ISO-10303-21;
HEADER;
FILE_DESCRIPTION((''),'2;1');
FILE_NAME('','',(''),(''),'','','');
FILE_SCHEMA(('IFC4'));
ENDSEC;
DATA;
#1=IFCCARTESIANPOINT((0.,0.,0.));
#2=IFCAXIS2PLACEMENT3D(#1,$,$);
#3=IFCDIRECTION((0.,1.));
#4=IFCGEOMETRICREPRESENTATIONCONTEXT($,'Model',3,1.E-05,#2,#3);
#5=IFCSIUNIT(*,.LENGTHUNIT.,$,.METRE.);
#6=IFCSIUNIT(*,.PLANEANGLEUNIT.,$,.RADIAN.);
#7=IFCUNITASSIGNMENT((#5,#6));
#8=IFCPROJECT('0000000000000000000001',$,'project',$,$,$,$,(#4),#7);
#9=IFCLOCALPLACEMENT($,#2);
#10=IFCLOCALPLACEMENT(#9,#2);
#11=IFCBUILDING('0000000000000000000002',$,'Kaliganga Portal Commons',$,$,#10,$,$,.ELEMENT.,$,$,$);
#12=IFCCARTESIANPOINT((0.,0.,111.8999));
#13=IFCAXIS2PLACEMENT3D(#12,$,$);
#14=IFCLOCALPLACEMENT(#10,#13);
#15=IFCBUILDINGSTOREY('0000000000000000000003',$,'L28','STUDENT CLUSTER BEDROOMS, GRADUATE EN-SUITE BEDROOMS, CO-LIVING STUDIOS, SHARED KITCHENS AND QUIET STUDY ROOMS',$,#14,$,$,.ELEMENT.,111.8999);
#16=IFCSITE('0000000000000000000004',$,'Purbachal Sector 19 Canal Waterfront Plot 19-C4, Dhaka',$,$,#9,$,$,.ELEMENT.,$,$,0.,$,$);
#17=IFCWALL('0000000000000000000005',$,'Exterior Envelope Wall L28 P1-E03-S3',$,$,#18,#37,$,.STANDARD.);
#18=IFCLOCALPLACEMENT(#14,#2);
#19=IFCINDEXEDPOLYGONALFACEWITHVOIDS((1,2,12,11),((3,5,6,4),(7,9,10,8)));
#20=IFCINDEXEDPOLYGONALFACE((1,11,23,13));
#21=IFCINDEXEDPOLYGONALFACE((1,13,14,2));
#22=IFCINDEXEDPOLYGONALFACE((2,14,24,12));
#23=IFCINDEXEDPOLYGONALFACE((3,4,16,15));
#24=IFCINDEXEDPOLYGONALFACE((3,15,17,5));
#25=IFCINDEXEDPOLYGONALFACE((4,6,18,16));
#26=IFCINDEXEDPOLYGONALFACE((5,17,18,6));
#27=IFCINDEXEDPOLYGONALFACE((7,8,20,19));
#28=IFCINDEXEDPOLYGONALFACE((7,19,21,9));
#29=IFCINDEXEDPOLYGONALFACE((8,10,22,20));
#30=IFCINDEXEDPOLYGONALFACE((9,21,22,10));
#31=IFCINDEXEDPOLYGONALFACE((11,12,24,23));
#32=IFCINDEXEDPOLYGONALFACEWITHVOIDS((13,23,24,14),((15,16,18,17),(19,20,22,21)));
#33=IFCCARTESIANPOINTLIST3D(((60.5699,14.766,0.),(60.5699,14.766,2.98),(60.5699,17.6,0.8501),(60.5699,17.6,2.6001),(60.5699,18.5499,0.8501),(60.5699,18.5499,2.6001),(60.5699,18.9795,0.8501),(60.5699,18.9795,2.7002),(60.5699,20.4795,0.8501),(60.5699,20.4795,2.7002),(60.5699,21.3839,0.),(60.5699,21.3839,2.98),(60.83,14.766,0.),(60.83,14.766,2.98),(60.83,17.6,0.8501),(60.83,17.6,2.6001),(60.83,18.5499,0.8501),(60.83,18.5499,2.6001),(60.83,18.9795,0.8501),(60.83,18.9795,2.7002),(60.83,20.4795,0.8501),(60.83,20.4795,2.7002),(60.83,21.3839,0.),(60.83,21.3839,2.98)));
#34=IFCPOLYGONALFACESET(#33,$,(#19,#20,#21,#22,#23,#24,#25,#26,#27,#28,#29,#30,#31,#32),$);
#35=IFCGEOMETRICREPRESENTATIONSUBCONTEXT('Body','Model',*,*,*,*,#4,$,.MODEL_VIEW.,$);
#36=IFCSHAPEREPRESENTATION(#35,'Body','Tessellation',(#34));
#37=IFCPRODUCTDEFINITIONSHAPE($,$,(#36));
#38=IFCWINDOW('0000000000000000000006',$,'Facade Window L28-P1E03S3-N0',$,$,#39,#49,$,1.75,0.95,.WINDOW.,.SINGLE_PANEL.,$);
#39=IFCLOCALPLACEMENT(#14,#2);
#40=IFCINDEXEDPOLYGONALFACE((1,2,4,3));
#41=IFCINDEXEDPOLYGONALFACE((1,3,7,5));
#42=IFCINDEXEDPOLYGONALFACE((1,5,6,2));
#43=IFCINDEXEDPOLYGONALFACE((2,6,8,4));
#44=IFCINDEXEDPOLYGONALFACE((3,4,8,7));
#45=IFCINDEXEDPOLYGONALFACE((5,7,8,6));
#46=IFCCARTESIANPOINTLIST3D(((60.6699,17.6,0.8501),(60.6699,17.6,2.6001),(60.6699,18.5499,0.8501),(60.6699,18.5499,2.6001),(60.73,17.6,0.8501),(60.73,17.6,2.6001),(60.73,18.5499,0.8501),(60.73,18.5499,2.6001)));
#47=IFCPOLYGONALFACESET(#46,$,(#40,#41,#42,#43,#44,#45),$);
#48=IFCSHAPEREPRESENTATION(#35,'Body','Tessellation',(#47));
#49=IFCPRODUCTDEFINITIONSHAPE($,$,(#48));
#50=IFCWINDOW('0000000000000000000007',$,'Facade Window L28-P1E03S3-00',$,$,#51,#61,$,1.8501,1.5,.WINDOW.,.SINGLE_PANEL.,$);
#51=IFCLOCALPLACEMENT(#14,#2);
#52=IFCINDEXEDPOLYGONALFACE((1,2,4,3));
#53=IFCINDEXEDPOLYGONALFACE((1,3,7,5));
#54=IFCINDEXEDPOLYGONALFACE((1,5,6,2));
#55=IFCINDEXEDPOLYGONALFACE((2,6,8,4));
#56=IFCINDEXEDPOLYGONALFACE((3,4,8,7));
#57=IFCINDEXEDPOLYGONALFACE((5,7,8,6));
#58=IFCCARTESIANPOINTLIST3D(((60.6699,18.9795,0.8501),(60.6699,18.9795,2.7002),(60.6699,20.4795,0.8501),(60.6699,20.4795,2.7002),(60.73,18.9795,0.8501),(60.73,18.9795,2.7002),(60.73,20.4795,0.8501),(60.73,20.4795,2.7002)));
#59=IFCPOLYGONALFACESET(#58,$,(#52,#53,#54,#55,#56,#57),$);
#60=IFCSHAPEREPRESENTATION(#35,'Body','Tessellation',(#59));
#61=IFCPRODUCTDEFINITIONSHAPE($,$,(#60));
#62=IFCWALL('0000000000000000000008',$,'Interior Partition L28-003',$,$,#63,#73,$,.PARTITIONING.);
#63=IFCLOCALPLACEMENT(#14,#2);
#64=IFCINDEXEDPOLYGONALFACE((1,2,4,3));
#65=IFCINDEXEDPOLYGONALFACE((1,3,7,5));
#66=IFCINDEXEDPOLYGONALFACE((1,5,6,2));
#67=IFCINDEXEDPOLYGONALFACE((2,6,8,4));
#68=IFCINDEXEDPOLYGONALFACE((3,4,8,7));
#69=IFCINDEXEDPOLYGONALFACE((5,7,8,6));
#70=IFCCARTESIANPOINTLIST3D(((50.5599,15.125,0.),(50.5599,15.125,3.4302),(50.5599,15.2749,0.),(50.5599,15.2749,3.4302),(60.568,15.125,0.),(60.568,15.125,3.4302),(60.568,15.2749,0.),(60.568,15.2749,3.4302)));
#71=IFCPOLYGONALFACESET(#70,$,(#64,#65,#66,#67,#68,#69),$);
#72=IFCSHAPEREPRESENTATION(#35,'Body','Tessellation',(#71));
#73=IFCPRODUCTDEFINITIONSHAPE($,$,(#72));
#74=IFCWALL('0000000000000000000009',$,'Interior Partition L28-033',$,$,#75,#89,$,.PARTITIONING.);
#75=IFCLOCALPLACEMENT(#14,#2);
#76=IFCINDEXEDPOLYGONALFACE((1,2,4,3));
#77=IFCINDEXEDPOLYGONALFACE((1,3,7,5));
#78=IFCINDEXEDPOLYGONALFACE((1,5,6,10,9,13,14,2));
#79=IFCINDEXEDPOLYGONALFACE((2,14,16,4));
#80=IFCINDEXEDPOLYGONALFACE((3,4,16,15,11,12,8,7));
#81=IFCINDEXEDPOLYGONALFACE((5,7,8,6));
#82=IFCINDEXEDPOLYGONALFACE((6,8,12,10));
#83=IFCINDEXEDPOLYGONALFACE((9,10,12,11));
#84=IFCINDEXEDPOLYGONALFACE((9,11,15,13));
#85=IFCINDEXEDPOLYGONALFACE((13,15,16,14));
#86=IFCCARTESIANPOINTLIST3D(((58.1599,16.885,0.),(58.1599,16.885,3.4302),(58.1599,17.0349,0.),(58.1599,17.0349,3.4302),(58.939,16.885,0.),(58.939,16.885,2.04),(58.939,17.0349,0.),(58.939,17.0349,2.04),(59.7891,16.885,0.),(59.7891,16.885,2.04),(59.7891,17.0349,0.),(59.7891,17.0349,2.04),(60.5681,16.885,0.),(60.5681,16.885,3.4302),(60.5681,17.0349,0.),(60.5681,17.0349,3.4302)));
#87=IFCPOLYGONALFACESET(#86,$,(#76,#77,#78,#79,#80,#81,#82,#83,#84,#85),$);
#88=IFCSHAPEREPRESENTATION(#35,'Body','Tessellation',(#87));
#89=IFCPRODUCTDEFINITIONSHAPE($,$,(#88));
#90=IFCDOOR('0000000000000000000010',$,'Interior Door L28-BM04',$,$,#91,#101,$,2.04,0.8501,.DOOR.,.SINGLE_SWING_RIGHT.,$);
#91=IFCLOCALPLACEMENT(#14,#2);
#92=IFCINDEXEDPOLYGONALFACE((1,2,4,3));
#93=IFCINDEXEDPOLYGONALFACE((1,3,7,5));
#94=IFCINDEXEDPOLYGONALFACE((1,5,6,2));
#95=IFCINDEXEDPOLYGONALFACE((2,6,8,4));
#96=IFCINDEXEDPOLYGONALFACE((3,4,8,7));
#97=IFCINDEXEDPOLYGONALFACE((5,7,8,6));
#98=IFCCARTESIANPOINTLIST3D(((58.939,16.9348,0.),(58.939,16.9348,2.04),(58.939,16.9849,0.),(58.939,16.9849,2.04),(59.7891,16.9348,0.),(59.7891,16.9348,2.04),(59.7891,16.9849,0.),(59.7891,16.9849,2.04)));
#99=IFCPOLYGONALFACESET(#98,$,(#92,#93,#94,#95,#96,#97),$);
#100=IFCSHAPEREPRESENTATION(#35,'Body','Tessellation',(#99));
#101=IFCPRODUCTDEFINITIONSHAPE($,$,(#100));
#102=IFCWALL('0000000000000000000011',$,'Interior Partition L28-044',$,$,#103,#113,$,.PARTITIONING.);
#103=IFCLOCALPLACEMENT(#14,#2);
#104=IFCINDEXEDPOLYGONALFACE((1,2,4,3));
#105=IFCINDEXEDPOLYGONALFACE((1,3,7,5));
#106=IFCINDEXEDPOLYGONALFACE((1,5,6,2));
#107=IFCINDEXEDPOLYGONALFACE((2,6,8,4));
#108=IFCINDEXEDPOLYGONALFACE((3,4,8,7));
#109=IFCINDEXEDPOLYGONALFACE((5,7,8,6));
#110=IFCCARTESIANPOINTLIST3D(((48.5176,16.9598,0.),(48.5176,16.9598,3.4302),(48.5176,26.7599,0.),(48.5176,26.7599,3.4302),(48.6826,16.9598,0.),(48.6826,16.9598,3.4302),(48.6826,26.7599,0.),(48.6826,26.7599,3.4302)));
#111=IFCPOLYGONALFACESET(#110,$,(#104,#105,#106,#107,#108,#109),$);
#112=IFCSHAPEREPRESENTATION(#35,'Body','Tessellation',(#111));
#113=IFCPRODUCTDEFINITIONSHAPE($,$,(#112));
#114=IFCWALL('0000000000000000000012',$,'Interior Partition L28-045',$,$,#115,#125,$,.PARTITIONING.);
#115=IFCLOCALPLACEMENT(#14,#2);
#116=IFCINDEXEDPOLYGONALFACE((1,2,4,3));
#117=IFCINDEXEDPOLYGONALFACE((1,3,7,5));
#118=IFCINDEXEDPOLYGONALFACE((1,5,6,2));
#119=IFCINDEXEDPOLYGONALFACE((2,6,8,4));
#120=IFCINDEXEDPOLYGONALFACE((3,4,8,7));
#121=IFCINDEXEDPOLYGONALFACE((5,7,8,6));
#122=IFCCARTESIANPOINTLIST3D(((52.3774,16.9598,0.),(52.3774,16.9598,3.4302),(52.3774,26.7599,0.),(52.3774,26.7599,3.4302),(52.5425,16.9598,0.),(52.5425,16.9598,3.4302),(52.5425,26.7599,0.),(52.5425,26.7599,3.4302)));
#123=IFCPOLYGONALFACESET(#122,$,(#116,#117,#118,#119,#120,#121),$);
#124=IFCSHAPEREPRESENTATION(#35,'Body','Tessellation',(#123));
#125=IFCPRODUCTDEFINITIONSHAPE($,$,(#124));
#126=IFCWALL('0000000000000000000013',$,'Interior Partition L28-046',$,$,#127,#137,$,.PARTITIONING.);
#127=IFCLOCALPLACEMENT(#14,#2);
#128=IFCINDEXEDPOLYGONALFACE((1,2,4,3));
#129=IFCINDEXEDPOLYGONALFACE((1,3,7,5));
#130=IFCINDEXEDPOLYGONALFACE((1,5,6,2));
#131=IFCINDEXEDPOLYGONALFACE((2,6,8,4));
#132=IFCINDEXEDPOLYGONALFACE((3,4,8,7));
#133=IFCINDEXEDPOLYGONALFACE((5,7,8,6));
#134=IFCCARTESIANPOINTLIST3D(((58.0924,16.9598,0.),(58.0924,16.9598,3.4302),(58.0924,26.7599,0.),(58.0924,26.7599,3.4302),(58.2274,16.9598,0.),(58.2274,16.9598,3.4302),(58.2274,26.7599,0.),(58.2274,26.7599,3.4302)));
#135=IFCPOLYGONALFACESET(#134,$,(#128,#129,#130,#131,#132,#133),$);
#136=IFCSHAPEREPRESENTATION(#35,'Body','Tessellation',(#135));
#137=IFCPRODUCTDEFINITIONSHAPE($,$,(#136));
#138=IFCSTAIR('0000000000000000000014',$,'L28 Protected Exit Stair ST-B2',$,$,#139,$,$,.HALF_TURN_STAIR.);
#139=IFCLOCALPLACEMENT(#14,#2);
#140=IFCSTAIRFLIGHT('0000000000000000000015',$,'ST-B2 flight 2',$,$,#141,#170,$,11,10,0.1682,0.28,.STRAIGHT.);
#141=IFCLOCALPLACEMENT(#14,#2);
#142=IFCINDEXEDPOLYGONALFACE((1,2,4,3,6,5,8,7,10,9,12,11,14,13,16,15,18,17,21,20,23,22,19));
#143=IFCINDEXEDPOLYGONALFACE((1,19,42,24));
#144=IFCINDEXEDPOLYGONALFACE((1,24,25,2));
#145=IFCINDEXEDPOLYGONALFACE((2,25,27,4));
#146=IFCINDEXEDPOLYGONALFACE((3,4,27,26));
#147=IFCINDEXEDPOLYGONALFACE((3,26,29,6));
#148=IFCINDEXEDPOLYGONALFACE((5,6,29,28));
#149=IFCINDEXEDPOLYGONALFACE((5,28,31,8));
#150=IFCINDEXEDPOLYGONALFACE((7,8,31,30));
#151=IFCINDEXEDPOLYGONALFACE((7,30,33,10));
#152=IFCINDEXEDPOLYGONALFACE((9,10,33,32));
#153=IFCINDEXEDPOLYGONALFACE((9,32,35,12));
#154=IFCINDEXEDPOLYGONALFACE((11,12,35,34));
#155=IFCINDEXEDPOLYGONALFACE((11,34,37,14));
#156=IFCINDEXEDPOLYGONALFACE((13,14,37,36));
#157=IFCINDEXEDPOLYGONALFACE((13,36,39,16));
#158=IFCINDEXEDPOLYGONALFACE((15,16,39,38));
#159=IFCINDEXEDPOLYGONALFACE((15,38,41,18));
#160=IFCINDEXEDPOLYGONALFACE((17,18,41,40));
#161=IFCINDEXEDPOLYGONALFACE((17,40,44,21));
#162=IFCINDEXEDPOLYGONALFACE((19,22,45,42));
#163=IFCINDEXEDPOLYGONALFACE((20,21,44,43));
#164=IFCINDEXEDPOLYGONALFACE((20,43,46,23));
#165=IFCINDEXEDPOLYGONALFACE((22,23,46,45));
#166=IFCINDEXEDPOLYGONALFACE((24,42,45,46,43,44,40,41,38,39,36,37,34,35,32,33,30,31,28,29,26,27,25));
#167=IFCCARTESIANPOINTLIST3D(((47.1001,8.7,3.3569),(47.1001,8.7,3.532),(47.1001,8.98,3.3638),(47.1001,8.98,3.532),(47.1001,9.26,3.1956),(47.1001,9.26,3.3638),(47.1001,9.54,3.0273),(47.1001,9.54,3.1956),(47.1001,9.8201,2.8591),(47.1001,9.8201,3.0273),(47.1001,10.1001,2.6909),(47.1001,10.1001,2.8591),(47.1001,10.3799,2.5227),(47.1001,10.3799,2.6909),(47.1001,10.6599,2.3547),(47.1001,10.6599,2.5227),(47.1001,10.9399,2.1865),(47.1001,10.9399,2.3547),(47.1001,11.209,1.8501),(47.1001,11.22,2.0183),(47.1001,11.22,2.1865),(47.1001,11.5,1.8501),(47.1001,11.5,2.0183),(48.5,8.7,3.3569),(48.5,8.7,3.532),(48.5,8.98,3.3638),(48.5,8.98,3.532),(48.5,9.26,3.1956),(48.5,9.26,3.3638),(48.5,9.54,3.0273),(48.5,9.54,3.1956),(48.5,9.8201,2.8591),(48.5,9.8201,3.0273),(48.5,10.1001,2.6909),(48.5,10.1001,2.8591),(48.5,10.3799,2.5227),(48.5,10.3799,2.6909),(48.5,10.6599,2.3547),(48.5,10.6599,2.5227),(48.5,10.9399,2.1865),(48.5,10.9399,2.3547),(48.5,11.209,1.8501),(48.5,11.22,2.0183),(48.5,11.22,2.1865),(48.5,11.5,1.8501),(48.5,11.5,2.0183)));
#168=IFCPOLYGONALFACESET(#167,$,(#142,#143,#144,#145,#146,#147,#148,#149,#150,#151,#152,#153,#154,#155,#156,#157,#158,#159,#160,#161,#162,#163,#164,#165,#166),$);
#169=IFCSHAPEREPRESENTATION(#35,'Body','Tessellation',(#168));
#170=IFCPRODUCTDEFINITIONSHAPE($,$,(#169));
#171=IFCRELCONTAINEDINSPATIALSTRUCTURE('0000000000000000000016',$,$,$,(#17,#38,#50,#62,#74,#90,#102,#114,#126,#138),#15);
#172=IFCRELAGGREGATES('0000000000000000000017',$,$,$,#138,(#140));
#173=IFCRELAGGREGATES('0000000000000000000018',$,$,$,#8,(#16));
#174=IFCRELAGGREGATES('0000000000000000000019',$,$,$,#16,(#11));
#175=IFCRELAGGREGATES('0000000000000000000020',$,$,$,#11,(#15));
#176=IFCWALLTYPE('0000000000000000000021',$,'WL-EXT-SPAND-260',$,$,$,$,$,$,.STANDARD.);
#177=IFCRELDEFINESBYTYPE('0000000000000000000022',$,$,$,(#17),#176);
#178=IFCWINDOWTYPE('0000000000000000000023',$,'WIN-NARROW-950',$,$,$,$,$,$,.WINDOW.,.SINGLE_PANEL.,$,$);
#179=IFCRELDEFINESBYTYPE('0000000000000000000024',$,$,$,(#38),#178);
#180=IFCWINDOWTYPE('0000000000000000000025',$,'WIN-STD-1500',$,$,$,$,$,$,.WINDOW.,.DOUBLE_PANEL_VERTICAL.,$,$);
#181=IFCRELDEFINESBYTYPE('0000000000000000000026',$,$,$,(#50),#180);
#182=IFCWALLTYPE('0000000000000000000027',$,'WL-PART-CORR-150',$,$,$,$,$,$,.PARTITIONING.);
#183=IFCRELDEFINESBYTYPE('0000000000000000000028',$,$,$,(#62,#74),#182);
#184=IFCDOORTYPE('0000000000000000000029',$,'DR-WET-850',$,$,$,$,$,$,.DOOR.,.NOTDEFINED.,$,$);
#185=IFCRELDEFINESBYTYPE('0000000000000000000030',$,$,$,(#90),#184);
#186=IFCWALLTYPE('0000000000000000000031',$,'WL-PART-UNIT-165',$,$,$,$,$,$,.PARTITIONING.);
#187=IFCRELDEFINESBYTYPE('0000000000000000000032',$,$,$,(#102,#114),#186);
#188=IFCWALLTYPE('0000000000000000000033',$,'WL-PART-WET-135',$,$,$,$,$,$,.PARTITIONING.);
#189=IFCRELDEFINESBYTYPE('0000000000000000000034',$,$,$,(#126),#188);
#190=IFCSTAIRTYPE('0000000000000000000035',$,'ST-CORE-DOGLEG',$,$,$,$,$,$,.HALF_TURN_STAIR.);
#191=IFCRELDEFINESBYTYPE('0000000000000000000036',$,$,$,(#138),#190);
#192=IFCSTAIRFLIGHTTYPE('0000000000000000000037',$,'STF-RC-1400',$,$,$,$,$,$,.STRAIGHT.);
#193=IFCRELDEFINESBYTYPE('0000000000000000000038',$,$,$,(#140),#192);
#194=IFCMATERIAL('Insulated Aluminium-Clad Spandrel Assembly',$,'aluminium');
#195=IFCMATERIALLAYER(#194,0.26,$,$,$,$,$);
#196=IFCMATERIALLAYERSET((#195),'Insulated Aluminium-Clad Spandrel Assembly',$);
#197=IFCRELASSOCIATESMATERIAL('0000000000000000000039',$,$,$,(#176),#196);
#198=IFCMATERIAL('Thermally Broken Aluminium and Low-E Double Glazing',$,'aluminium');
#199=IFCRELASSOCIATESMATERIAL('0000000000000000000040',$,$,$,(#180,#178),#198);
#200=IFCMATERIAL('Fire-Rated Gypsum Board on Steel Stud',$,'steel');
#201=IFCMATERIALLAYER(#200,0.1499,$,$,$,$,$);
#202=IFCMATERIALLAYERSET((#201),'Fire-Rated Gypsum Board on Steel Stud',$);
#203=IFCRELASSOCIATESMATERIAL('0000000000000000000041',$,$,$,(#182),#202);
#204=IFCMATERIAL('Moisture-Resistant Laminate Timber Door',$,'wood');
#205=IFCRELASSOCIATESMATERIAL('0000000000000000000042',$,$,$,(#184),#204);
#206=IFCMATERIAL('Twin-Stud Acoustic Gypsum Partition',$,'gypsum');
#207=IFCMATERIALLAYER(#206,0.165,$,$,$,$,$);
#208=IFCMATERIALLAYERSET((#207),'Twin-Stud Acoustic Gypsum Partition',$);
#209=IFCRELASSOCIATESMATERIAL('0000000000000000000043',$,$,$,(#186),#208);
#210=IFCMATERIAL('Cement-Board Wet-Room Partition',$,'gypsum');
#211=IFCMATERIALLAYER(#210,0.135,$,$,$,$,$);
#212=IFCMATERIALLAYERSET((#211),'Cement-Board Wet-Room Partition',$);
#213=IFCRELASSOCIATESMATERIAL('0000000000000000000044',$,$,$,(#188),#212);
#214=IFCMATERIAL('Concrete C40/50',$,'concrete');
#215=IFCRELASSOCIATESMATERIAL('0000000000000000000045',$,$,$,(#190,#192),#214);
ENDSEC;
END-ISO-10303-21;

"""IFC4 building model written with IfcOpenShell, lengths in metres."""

from ifc_helpers import new_model, si_unit, direction, frame, frame_2d, origin, place, context, subcontext, project, spatial, polyline, rectangle, outline, extrude, material, layer, layer_set, type_object, element, fill, aggregate, save


model = new_model("IFC4")

# Units and contexts
model_context = context("Model", 3, precision=1e-05, world=origin(), true_north=direction((0.0, 1.0)))
body_context = subcontext(model_context, "Body", "Model", "MODEL_VIEW")
ifc_project = project(units=[si_unit("LENGTHUNIT", "METRE"), si_unit("PLANEANGLEUNIT", "RADIAN")], contexts=[model_context])

# Site, building, storey
site_placement = place(None, origin())
site = spatial("IfcSite", under=ifc_project, at=site_placement, Name="Purbachal Sector 19 Canal Waterfront Plot 19-C4, Dhaka", CompositionType="ELEMENT", RefElevation=0.0)
building_placement = place(site_placement, origin())
building = spatial("IfcBuilding", under=site, at=building_placement, Name="Kaliganga Portal Commons", CompositionType="ELEMENT")
storey_placement = place(building_placement, frame((0.0, 0.0, 111.8999)))
storey = spatial("IfcBuildingStorey", under=building, at=storey_placement, Name="L28", Description="STUDENT CLUSTER BEDROOMS, GRADUATE EN-SUITE BEDROOMS, CO-LIVING STUDIOS, SHARED KITCHENS AND QUIET STUDY ROOMS", CompositionType="ELEMENT", Elevation=111.8999)

# Shared definitions
ifc_material_1 = material(Name="Insulated Aluminium-Clad Spandrel Assembly", Category="aluminium")
ifc_layer_1 = layer(ifc_material_1, 0.26)
ifc_layer_set_1 = layer_set([ifc_layer_1], Name="Insulated Aluminium-Clad Spandrel Assembly")
wall_type_1 = type_object("IfcWallType", Name="WL-EXT-SPAND-260", PredefinedType="STANDARD", material=ifc_layer_set_1)
ifc_material_2 = material(Name="Thermally Broken Aluminium and Low-E Double Glazing", Category="aluminium")
window_type_1 = type_object("IfcWindowType", Name="WIN-STD-1500", PartitioningType="DOUBLE_PANEL_VERTICAL", PredefinedType="WINDOW", material=ifc_material_2)

# Wall, openings, windows
wall_1_placement = place(storey_placement, frame((60.7, 21.384, 0.0), z_axis=(0.0, 0.0, 1.0), x_axis=(0.0, -1.0, 0.0)))
wall_1 = element("IfcWall", 1, at=wall_1_placement, inside=storey, type_object=wall_type_1, Name="Exterior Envelope Wall L28 P1-E03-S3", PredefinedType="STANDARD", context=body_context, shape_type="SweptSolid", body=[
    extrude(rectangle(XDim=6.6179, YDim=0.26, at=frame_2d((3.3091, 0.0))), origin(), (0.0, 0.0, 1.0), 2.98),
])
opening_1_placement = place(wall_1_placement, frame((0.9045, 0.0, 0.8501)))
opening_1 = element("IfcOpeningElement", 2, at=opening_1_placement, cuts=wall_1, PredefinedType="OPENING", context=body_context, shape_type="SweptSolid", body=[
    extrude(rectangle(XDim=1.5, YDim=1.8501, at=frame_2d((0.75, 0.925))), frame((0.0, 0.1401, 0.0), z_axis=(0.0, -1.0, 0.0), x_axis=(1.0, 0.0, 0.0)), (0.0, 0.0, 1.0), 0.28),
])
opening_2_placement = place(wall_1_placement, frame((2.834, 0.0, 0.8501)))
opening_2 = element("IfcOpeningElement", 3, at=opening_2_placement, cuts=wall_1, PredefinedType="OPENING", context=body_context, shape_type="SweptSolid", body=[
    extrude(rectangle(XDim=0.95, YDim=1.75, at=frame_2d((0.4751, 0.875))), frame((0.0, 0.1401, 0.0), z_axis=(0.0, -1.0, 0.0), x_axis=(1.0, 0.0, 0.0)), (0.0, 0.0, 1.0), 0.28),
])
window_type_2 = type_object("IfcWindowType", Name="WIN-NARROW-950", PartitioningType="SINGLE_PANEL", PredefinedType="WINDOW", material=ifc_material_2)
window_1_placement = place(opening_2_placement, origin())
window_1 = element("IfcWindow", 4, at=window_1_placement, inside=storey, type_object=window_type_2, Name="Facade Window L28-P1E03S3-N0", OverallHeight=1.75, OverallWidth=0.95, PartitioningType="SINGLE_PANEL", PredefinedType="WINDOW", context=body_context, shape_type="SweptSolid", body=[
    extrude(rectangle(XDim=0.95, YDim=1.75, at=frame_2d((0.4751, 0.875))), frame((0.0, 0.03, 0.0), z_axis=(0.0, -1.0, 0.0), x_axis=(1.0, 0.0, 0.0)), (0.0, 0.0, 1.0), 0.0601),
])
fill(opening_2, window_1)
window_2_placement = place(opening_1_placement, origin())
window_2 = element("IfcWindow", 5, at=window_2_placement, inside=storey, type_object=window_type_1, Name="Facade Window L28-P1E03S3-00", OverallHeight=1.8501, OverallWidth=1.5, PartitioningType="SINGLE_PANEL", PredefinedType="WINDOW", context=body_context, shape_type="SweptSolid", body=[
    extrude(rectangle(XDim=1.5, YDim=1.8501, at=frame_2d((0.75, 0.925))), frame((0.0, 0.03, 0.0), z_axis=(0.0, -1.0, 0.0), x_axis=(1.0, 0.0, 0.0)), (0.0, 0.0, 1.0), 0.0601),
])
fill(opening_1, window_2)

# Wall
ifc_material_3 = material(Name="Fire-Rated Gypsum Board on Steel Stud", Category="steel")
ifc_layer_2 = layer(ifc_material_3, 0.1499)
ifc_layer_set_2 = layer_set([ifc_layer_2], Name="Fire-Rated Gypsum Board on Steel Stud")
wall_type_2 = type_object("IfcWallType", Name="WL-PART-CORR-150", PredefinedType="PARTITIONING", material=ifc_layer_set_2)
wall_2_placement = place(storey_placement, frame((50.5601, 15.2, 0.0), z_axis=(0.0, 0.0, 1.0), x_axis=(1.0, 0.0, 0.0)))
element("IfcWall", 6, at=wall_2_placement, inside=storey, type_object=wall_type_2, Name="Interior Partition L28-003", PredefinedType="PARTITIONING", context=body_context, shape_type="SweptSolid", body=[
    extrude(rectangle(XDim=10.0081, YDim=0.1499, at=frame_2d((5.0039, 0.0))), origin(), (0.0, 0.0, 1.0), 3.4302),
])

# Wall, opening, door
wall_3_placement = place(storey_placement, frame((58.1599, 16.96, 0.0), z_axis=(0.0, 0.0, 1.0), x_axis=(1.0, 0.0, 0.0)))
wall_3 = element("IfcWall", 7, at=wall_3_placement, inside=storey, type_object=wall_type_2, Name="Interior Partition L28-033", PredefinedType="PARTITIONING", context=body_context, shape_type="SweptSolid", body=[
    extrude(rectangle(XDim=2.4082, YDim=0.1499, at=frame_2d((1.2041, 0.0))), origin(), (0.0, 0.0, 1.0), 3.4302),
])
opening_3_placement = place(wall_3_placement, frame((0.7791, 0.0, 0.0)))
opening_3 = element("IfcOpeningElement", 8, at=opening_3_placement, cuts=wall_3, PredefinedType="OPENING", context=body_context, shape_type="SweptSolid", body=[
    extrude(rectangle(XDim=0.8501, YDim=2.04, at=frame_2d((0.425, 1.02))), frame((0.0, 0.085, 0.0), z_axis=(0.0, -1.0, 0.0), x_axis=(1.0, 0.0, 0.0)), (0.0, 0.0, 1.0), 0.1699),
])
ifc_material_4 = material(Name="Moisture-Resistant Laminate Timber Door", Category="wood")
door_type_1 = type_object("IfcDoorType", Name="DR-WET-850", OperationType="NOTDEFINED", PredefinedType="DOOR", material=ifc_material_4)
door_1_placement = place(opening_3_placement, origin())
door_1 = element("IfcDoor", 9, at=door_1_placement, inside=storey, type_object=door_type_1, Name="Interior Door L28-BM04", OperationType="SINGLE_SWING_RIGHT", OverallHeight=2.04, OverallWidth=0.8501, PredefinedType="DOOR", context=body_context, shape_type="SweptSolid", body=[
    extrude(rectangle(XDim=0.8501, YDim=2.04, at=frame_2d((0.425, 1.02))), frame((0.0, 0.0249, 0.0), z_axis=(0.0, -1.0, 0.0), x_axis=(1.0, 0.0, 0.0)), (0.0, 0.0, 1.0), 0.05),
])
fill(opening_3, door_1)

# Walls
ifc_material_5 = material(Name="Twin-Stud Acoustic Gypsum Partition", Category="gypsum")
ifc_layer_3 = layer(ifc_material_5, 0.165)
ifc_layer_set_3 = layer_set([ifc_layer_3], Name="Twin-Stud Acoustic Gypsum Partition")
wall_type_3 = type_object("IfcWallType", Name="WL-PART-UNIT-165", PredefinedType="PARTITIONING", material=ifc_layer_set_3)
for number, where, z_axis, x_axis, name in (
    (10, (48.6001, 16.96, 0.0), (0.0, 0.0, 1.0), (0.0, 1.0, 0.0), "Interior Partition L28-044"),
    (11, (52.46, 16.96, 0.0), (0.0, 0.0, 1.0), (0.0, 1.0, 0.0), "Interior Partition L28-045"),
):
    element("IfcWall", number, at=place(storey_placement, frame(where, z_axis=z_axis, x_axis=x_axis)), inside=storey, type_object=wall_type_3, Name=name, PredefinedType="PARTITIONING", context=body_context, shape_type="SweptSolid", body=[
        extrude(rectangle(XDim=9.8, YDim=0.165, at=frame_2d((4.8999, 0.0))), origin(), (0.0, 0.0, 1.0), 3.4302),
    ])
ifc_material_6 = material(Name="Cement-Board Wet-Room Partition", Category="gypsum")
ifc_layer_4 = layer(ifc_material_6, 0.135)
ifc_layer_set_4 = layer_set([ifc_layer_4], Name="Cement-Board Wet-Room Partition")
wall_type_4 = type_object("IfcWallType", Name="WL-PART-WET-135", PredefinedType="PARTITIONING", material=ifc_layer_set_4)
wall_4_placement = place(storey_placement, frame((58.1599, 16.96, 0.0), z_axis=(0.0, 0.0, 1.0), x_axis=(0.0, 1.0, 0.0)))
element("IfcWall", 12, at=wall_4_placement, inside=storey, type_object=wall_type_4, Name="Interior Partition L28-046", PredefinedType="PARTITIONING", context=body_context, shape_type="SweptSolid", body=[
    extrude(rectangle(XDim=9.8, YDim=0.135, at=frame_2d((4.8999, 0.0))), origin(), (0.0, 0.0, 1.0), 3.4302),
])

# Stair, stair flight
ifc_material_7 = material(Name="Concrete C40/50", Category="concrete")
stair_type = type_object("IfcStairType", Name="ST-CORE-DOGLEG", PredefinedType="HALF_TURN_STAIR", material=ifc_material_7)
stair_placement = place(storey_placement, origin())
stair = element("IfcStair", 13, at=stair_placement, inside=storey, type_object=stair_type, Name="L28 Protected Exit Stair ST-B2", PredefinedType="HALF_TURN_STAIR")
stair_flight_type = type_object("IfcStairFlightType", Name="STF-RC-1400", PredefinedType="STRAIGHT", material=ifc_material_7)
stair_flight_placement = place(storey_placement, frame((47.8, 11.5, 1.8501), z_axis=(0.0, 0.0, 1.0), x_axis=(0.0, -1.0, 0.0)))
stair_flight = element("IfcStairFlight", 14, at=stair_flight_placement, type_object=stair_flight_type, Name="ST-B2 flight 2", NumberOfRisers=11, NumberOfTreads=10, PredefinedType="STRAIGHT", RiserHeight=0.1682, TreadLength=0.28, context=body_context, shape_type="SweptSolid", body=[
    extrude(outline(polyline([(0.0, 0.0), (0.0, 0.1682), (0.28, 0.1682), (0.28, 0.3364), (0.5601, 0.3364), (0.5601, 0.5046), (0.8401, 0.5046), (0.8401, 0.6726), (1.1201, 0.6726), (1.1201, 0.8408), (1.3999, 0.8408), (1.3999, 1.009), (1.6799, 1.009), (1.6799, 1.1772), (1.96, 1.1772), (1.96, 1.3455), (2.24, 1.3455), (2.24, 1.5137), (2.52, 1.5137), (2.52, 1.6819), (2.8, 1.6819), (2.8, 1.8501), (2.8, 1.5068), (0.291, 0.0), (0.0, 0.0)])), frame((0.0, 0.7, 0.0), z_axis=(0.0, -1.0, 0.0), x_axis=(1.0, 0.0, 0.0)), (0.0, 0.0, 1.0), 1.3999),
])
aggregate(stair, [stair_flight])

save(model, "model.ifc")
